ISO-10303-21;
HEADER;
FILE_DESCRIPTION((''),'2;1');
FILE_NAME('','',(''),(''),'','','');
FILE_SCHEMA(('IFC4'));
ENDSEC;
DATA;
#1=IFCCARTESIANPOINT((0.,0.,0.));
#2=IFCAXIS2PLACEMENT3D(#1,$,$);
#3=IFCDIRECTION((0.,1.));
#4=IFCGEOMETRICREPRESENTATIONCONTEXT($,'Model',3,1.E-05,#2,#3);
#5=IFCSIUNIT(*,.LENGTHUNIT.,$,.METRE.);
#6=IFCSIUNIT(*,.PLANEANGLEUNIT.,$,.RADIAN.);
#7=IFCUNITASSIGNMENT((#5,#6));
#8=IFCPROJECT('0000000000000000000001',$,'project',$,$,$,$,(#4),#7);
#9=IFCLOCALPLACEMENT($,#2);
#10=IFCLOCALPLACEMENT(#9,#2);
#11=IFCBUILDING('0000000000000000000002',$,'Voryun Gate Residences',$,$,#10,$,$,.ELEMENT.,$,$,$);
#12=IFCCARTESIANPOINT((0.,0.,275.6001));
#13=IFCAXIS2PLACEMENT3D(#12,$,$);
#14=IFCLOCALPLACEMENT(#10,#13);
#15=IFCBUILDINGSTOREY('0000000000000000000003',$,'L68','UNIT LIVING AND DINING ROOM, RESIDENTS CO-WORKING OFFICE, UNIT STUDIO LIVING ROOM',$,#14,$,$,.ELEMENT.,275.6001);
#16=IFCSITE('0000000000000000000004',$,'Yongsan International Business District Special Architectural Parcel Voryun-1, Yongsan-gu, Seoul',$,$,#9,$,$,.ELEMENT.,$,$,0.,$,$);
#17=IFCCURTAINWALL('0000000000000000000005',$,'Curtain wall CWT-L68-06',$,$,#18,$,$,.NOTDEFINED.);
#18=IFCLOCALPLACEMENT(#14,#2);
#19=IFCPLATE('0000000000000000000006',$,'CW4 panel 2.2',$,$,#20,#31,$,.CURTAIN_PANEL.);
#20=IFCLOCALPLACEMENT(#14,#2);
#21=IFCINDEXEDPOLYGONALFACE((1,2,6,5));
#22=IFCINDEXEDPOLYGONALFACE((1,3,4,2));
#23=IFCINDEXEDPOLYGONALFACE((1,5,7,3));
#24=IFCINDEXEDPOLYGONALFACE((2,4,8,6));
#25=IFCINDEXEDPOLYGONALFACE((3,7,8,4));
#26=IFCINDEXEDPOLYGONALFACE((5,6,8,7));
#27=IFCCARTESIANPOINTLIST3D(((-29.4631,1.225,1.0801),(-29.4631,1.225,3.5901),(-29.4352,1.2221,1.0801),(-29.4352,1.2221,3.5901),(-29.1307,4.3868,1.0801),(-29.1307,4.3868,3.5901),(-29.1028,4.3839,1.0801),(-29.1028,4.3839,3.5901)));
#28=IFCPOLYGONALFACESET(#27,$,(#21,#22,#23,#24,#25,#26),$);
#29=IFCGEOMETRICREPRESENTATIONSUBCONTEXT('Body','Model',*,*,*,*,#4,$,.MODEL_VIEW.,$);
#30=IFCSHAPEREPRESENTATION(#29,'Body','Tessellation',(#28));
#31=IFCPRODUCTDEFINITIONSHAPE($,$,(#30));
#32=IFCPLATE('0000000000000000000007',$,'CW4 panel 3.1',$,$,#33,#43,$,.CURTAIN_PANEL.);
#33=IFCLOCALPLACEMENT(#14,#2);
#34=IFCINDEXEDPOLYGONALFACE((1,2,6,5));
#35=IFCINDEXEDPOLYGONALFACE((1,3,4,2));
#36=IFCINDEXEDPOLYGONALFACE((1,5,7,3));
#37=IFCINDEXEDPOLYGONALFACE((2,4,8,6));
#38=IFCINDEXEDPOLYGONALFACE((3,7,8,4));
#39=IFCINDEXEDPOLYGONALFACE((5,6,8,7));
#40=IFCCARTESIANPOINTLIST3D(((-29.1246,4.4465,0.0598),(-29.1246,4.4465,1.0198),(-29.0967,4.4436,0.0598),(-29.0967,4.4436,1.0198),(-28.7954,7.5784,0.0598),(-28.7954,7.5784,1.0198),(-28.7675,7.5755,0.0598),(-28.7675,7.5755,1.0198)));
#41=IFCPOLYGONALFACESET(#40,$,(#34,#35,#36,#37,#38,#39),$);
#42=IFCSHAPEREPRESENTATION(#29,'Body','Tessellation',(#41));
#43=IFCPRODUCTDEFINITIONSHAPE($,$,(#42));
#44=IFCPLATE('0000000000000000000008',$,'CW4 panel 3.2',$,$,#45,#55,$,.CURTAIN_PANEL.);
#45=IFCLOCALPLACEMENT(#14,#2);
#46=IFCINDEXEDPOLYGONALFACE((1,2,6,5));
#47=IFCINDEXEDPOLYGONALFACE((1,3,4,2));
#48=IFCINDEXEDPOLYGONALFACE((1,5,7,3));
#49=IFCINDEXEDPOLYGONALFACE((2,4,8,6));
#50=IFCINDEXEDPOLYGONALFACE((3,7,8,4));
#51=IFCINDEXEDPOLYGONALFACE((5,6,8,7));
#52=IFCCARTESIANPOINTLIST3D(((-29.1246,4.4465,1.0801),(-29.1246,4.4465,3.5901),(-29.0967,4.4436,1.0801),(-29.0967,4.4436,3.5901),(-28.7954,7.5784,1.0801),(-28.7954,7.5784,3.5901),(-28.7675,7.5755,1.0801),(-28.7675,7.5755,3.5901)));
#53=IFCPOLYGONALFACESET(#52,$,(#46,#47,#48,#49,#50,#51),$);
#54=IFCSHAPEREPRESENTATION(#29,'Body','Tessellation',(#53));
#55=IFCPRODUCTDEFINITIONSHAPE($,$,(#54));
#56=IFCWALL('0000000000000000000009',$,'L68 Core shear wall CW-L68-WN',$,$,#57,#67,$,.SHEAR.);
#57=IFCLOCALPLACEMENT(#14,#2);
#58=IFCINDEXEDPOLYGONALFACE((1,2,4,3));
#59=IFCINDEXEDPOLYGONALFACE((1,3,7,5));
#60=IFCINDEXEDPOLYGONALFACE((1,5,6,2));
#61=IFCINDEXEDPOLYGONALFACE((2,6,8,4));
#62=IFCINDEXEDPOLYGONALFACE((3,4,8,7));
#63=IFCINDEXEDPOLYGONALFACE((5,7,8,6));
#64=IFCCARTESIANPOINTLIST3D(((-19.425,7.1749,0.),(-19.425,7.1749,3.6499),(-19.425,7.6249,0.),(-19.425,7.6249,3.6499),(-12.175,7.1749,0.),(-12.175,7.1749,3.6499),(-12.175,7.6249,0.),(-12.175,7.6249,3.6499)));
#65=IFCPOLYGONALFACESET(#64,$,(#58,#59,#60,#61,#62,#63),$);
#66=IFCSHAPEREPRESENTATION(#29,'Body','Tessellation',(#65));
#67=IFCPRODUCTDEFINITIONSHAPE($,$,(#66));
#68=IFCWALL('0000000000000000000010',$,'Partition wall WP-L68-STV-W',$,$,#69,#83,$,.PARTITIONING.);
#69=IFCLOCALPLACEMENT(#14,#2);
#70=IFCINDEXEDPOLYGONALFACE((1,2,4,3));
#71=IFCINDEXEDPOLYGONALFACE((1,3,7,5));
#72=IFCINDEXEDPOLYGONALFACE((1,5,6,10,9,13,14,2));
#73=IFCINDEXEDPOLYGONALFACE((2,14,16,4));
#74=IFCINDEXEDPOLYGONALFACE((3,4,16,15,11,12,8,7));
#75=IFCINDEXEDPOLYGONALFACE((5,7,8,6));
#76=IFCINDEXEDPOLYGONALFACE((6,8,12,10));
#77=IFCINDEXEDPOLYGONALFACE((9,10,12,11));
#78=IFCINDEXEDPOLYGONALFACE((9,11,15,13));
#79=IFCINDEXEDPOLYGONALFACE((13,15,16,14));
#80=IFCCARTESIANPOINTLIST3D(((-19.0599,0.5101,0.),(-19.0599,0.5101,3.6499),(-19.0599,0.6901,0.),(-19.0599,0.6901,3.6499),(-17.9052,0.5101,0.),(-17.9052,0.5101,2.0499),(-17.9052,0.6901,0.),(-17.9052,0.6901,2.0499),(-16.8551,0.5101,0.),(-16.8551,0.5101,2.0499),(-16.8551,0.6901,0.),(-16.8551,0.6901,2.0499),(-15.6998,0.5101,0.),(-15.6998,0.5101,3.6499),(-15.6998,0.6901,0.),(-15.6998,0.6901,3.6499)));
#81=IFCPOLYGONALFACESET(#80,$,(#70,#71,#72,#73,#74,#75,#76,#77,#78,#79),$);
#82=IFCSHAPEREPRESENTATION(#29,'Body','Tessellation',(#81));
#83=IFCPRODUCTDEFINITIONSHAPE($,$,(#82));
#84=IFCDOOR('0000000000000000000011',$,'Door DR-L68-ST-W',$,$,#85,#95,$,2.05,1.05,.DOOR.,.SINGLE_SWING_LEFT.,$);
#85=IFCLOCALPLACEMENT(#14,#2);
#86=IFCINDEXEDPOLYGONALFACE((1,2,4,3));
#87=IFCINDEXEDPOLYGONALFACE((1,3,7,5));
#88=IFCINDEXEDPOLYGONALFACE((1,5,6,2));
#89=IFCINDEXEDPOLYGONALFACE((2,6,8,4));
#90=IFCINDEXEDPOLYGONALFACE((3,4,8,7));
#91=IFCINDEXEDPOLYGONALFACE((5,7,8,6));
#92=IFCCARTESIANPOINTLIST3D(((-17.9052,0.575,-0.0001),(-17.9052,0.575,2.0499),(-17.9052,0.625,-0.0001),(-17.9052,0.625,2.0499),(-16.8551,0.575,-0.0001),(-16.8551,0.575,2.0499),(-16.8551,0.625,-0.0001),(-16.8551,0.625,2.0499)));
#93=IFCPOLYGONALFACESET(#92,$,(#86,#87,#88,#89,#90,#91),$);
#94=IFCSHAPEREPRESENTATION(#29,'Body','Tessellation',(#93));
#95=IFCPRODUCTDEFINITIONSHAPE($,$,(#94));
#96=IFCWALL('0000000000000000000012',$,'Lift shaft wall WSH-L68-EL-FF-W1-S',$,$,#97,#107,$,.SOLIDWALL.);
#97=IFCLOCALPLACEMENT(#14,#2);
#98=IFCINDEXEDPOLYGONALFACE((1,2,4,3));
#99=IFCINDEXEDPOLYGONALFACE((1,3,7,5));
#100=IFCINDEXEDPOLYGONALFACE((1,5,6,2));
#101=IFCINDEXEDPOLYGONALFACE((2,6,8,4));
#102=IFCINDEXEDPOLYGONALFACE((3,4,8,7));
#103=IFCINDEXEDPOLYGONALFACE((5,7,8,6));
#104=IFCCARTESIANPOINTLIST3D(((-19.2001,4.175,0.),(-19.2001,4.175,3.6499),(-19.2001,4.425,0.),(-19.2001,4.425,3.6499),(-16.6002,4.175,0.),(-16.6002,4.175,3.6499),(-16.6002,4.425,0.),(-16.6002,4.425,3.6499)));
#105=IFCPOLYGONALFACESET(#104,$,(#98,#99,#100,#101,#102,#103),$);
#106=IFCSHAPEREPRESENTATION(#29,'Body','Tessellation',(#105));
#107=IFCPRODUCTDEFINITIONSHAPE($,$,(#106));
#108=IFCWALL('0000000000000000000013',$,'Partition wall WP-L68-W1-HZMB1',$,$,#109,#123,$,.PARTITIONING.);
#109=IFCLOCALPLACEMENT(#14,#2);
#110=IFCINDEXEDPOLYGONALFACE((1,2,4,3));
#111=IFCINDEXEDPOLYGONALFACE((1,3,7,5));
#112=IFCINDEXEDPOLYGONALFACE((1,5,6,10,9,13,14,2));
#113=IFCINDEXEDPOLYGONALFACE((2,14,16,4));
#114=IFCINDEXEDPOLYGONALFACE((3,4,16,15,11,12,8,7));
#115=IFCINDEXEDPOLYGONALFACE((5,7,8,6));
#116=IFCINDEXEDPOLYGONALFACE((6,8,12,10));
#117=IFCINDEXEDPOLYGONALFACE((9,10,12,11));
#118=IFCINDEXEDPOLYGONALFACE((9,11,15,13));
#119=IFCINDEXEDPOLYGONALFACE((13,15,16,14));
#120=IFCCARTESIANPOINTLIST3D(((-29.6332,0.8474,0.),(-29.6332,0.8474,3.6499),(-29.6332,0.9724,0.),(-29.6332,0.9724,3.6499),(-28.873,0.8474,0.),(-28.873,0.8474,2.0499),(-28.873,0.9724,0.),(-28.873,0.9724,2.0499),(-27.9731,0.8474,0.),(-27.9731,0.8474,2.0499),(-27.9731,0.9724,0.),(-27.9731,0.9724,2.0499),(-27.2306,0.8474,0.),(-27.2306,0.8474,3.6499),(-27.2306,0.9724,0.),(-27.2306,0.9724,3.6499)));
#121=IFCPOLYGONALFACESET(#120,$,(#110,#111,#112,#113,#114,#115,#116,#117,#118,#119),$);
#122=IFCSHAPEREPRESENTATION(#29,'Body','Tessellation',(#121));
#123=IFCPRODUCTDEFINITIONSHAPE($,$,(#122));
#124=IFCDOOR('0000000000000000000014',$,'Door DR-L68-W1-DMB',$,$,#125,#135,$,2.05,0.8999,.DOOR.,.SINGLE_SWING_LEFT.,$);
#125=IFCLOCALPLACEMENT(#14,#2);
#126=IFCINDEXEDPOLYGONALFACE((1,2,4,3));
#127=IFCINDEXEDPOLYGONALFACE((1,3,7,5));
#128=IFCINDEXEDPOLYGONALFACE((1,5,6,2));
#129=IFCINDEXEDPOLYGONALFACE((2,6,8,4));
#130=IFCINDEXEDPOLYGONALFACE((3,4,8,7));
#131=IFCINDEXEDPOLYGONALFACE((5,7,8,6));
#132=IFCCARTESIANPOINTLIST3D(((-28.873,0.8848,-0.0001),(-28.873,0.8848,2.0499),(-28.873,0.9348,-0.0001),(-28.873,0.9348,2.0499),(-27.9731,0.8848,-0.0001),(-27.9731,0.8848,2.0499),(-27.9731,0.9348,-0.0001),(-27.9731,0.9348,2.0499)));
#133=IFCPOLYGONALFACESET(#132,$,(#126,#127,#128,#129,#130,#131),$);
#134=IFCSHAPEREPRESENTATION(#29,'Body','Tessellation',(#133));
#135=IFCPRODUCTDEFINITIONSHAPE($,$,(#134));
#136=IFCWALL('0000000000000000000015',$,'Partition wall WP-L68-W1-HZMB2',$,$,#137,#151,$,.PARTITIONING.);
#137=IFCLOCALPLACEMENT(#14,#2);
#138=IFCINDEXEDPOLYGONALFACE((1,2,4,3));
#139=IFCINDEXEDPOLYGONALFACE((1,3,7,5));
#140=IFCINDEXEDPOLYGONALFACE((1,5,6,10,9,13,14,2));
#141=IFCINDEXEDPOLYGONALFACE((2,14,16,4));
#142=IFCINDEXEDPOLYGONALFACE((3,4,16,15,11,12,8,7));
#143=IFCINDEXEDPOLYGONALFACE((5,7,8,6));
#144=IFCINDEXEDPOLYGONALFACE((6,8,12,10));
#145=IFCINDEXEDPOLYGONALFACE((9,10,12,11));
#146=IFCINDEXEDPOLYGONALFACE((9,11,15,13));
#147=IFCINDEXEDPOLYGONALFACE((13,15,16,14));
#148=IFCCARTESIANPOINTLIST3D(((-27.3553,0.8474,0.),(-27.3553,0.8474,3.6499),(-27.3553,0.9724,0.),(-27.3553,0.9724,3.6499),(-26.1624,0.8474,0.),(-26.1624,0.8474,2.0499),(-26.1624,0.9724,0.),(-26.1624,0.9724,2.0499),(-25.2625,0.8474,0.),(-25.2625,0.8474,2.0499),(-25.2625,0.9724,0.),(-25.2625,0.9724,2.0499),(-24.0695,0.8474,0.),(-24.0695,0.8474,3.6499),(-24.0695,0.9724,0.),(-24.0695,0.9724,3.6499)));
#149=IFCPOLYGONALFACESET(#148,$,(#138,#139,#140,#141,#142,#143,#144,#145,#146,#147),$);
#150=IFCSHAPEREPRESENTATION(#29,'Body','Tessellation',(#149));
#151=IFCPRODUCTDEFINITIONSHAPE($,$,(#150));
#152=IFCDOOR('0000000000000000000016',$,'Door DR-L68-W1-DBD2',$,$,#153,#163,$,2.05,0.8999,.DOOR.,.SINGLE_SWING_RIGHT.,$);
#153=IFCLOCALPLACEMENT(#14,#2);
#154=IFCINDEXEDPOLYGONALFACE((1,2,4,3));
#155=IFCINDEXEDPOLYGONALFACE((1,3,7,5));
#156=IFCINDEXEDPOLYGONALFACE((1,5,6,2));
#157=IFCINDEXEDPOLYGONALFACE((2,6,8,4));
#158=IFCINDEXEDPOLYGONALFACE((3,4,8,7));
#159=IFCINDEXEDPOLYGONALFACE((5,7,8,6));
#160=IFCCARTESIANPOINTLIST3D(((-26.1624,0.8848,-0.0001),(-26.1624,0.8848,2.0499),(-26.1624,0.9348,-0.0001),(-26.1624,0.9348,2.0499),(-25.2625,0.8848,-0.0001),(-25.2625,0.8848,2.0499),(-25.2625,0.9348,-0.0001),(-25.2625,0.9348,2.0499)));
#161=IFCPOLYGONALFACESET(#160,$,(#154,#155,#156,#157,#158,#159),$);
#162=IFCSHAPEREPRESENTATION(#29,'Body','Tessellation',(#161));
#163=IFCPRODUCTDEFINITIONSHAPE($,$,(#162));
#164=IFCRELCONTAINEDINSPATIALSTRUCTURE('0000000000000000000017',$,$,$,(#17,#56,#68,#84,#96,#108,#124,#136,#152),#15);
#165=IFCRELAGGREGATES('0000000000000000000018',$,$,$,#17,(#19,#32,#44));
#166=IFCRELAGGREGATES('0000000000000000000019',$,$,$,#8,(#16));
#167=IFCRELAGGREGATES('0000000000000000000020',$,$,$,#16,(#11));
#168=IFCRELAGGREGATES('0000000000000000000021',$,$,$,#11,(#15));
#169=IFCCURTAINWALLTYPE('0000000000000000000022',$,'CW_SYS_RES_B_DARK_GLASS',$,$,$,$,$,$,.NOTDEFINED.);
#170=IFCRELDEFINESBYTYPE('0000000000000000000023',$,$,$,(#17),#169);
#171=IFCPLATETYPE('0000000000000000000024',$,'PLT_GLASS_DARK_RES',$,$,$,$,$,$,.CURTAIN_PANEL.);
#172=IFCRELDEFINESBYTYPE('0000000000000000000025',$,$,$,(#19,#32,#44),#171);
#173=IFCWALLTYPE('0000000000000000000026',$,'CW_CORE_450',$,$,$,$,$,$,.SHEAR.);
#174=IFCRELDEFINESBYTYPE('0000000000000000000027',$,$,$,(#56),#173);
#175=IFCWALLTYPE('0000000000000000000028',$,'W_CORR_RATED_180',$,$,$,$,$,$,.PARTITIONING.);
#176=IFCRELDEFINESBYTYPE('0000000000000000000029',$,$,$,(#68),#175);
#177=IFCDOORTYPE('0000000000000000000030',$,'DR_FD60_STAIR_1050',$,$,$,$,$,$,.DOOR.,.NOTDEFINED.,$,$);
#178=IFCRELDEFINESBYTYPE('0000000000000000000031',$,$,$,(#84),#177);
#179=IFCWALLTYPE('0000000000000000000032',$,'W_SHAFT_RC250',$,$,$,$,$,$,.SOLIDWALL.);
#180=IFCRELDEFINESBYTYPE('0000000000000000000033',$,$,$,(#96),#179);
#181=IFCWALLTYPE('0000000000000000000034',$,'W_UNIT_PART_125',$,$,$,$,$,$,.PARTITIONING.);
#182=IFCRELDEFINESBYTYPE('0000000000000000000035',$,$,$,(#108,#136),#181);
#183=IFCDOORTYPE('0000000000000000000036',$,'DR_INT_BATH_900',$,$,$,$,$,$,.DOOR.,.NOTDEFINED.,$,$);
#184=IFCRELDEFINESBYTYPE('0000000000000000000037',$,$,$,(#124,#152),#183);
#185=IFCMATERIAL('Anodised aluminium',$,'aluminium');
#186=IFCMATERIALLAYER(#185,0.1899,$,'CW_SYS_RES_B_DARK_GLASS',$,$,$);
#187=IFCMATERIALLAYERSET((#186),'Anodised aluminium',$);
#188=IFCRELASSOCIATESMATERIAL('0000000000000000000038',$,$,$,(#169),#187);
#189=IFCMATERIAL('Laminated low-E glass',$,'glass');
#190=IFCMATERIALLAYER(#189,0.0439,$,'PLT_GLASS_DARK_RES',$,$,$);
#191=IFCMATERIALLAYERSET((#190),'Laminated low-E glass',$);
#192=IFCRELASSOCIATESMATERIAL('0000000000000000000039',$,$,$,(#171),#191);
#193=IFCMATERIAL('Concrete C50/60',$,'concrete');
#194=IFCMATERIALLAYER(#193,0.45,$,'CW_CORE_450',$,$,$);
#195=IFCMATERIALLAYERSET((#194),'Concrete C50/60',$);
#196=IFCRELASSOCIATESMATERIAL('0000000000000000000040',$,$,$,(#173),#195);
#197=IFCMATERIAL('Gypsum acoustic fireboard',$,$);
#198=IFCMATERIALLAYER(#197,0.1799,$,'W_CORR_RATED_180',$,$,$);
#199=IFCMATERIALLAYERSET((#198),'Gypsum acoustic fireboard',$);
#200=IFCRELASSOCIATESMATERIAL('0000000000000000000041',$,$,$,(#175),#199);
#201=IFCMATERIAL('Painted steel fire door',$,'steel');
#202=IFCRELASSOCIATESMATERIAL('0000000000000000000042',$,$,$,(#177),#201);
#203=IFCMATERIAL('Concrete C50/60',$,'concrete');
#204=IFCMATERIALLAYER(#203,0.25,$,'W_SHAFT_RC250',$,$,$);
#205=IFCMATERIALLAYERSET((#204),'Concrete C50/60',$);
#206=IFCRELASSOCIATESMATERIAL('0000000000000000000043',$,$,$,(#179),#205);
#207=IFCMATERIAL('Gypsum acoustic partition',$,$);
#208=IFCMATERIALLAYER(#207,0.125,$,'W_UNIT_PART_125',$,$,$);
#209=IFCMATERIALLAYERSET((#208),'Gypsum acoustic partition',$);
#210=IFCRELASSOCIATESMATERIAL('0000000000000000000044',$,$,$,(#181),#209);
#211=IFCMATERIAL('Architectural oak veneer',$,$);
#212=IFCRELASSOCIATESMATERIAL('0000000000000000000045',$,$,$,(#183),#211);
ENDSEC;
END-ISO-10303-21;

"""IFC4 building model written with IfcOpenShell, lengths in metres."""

from ifc_helpers import new_model, si_unit, direction, frame, frame_2d, origin, origin_2d, place, context, subcontext, project, spatial, rectangle, extrude, material, layer, layer_set, type_object, element, fill, aggregate, save


model = new_model("IFC4")

# Units and contexts
model_context = context("Model", 3, precision=1e-05, world=origin(), true_north=direction((0.0, 1.0)))
body_context = subcontext(model_context, "Body", "Model", "MODEL_VIEW")
ifc_project = project(units=[si_unit("LENGTHUNIT", "METRE"), si_unit("PLANEANGLEUNIT", "RADIAN")], contexts=[model_context])

# Site, building, storey
site_placement = place(None, origin())
site = spatial("IfcSite", under=ifc_project, at=site_placement, Name="Yongsan International Business District Special Architectural Parcel Voryun-1, Yongsan-gu, Seoul", CompositionType="ELEMENT", RefElevation=0.0)
building_placement = place(site_placement, origin())
building = spatial("IfcBuilding", under=site, at=building_placement, Name="Voryun Gate Residences", CompositionType="ELEMENT")
storey_placement = place(building_placement, frame((0.0, 0.0, 275.6001)))
storey = spatial("IfcBuildingStorey", under=building, at=storey_placement, Name="L68", Description="UNIT LIVING AND DINING ROOM, RESIDENTS CO-WORKING OFFICE, UNIT STUDIO LIVING ROOM", CompositionType="ELEMENT", Elevation=275.6001)

# Curtain wall, plates
ifc_material_1 = material(Name="Anodised aluminium", Category="aluminium")
ifc_layer_1 = layer(ifc_material_1, 0.1899, Name="CW_SYS_RES_B_DARK_GLASS")
ifc_layer_set_1 = layer_set([ifc_layer_1], Name="Anodised aluminium")
curtain_wall_type = type_object("IfcCurtainWallType", Name="CW_SYS_RES_B_DARK_GLASS", PredefinedType="NOTDEFINED", material=ifc_layer_set_1)
curtain_wall_placement = place(storey_placement, origin())
curtain_wall = element("IfcCurtainWall", 1, at=curtain_wall_placement, inside=storey, type_object=curtain_wall_type, Name="Curtain wall CWT-L68-06", PredefinedType="NOTDEFINED")
ifc_material_2 = material(Name="Laminated low-E glass", Category="glass")
ifc_layer_2 = layer(ifc_material_2, 0.0439, Name="PLT_GLASS_DARK_RES")
ifc_layer_set_2 = layer_set([ifc_layer_2], Name="Laminated low-E glass")
plate_type = type_object("IfcPlateType", Name="PLT_GLASS_DARK_RES", PredefinedType="CURTAIN_PANEL", material=ifc_layer_set_2)
plate_1_placement = place(storey_placement, frame((-29.283, 2.8044, 1.0801), z_axis=(0.0, 0.0, 1.0), x_axis=(0.104536, 0.994521, 0.0)))
plate_1 = element("IfcPlate", 2, at=plate_1_placement, type_object=plate_type, Name="CW4 panel 2.2", PredefinedType="CURTAIN_PANEL", context=body_context, shape_type="SweptSolid", body=[
    extrude(rectangle(XDim=3.1792, YDim=0.0281, at=origin_2d()), origin(), (0.0, 0.0, 1.0), 2.51),
])
plate_2_placement = place(storey_placement, frame((-28.946, 6.011, 0.0598), z_axis=(0.0, 0.0, 1.0), x_axis=(0.104536, 0.994521, 0.0)))
plate_2 = element("IfcPlate", 3, at=plate_2_placement, type_object=plate_type, Name="CW4 panel 3.1", PredefinedType="CURTAIN_PANEL", context=body_context, shape_type="SweptSolid", body=[
    extrude(rectangle(XDim=3.1492, YDim=0.0281, at=origin_2d()), origin(), (0.0, 0.0, 1.0), 0.96),
])
plate_3_placement = place(storey_placement, frame((-28.946, 6.011, 1.0801), z_axis=(0.0, 0.0, 1.0), x_axis=(0.104536, 0.994521, 0.0)))
plate_3 = element("IfcPlate", 4, at=plate_3_placement, type_object=plate_type, Name="CW4 panel 3.2", PredefinedType="CURTAIN_PANEL", context=body_context, shape_type="SweptSolid", body=[
    extrude(rectangle(XDim=3.1492, YDim=0.0281, at=origin_2d()), origin(), (0.0, 0.0, 1.0), 2.51),
])
aggregate(curtain_wall, [plate_1, plate_2, plate_3])

# Wall
ifc_material_3 = material(Name="Concrete C50/60", Category="concrete")
ifc_layer_3 = layer(ifc_material_3, 0.45, Name="CW_CORE_450")
ifc_layer_set_3 = layer_set([ifc_layer_3], Name="Concrete C50/60")
wall_type_1 = type_object("IfcWallType", Name="CW_CORE_450", PredefinedType="SHEAR", material=ifc_layer_set_3)
wall_1_placement = place(storey_placement, frame((-19.425, 7.3999, 0.0), z_axis=(0.0, 0.0, 1.0), x_axis=(1.0, 0.0, 0.0)))
element("IfcWall", 5, at=wall_1_placement, inside=storey, type_object=wall_type_1, Name="L68 Core shear wall CW-L68-WN", PredefinedType="SHEAR", context=body_context, shape_type="SweptSolid", body=[
    extrude(rectangle(XDim=7.25, YDim=0.45, at=frame_2d((3.625, 0.0))), origin(), (0.0, 0.0, 1.0), 3.6499),
])

# Wall, opening, door
ifc_material_4 = material(Name="Gypsum acoustic fireboard")
ifc_layer_4 = layer(ifc_material_4, 0.1799, Name="W_CORR_RATED_180")
ifc_layer_set_4 = layer_set([ifc_layer_4], Name="Gypsum acoustic fireboard")
wall_type_2 = type_object("IfcWallType", Name="W_CORR_RATED_180", PredefinedType="PARTITIONING", material=ifc_layer_set_4)
wall_2_placement = place(storey_placement, frame((-19.0601, 0.6001, 0.0), z_axis=(0.0, 0.0, 1.0), x_axis=(1.0, 0.0, 0.0)))
wall_2 = element("IfcWall", 6, at=wall_2_placement, inside=storey, type_object=wall_type_2, Name="Partition wall WP-L68-STV-W", PredefinedType="PARTITIONING", context=body_context, shape_type="SweptSolid", body=[
    extrude(rectangle(XDim=3.3601, YDim=0.1799, at=frame_2d((1.6802, 0.0))), origin(), (0.0, 0.0, 1.0), 3.6499),
])
opening_1_placement = place(wall_2_placement, frame((1.155, 0.0, 0.0)))
opening_1 = element("IfcOpeningElement", 7, at=opening_1_placement, cuts=wall_2, PredefinedType="OPENING", context=body_context, shape_type="SweptSolid", body=[
    extrude(rectangle(XDim=1.05, YDim=2.05, at=frame_2d((0.5249, 1.0249))), frame((0.0, 0.0999, 0.0), z_axis=(0.0, -1.0, 0.0), x_axis=(1.0, 0.0, 0.0)), (0.0, 0.0, 1.0), 0.2),
])
ifc_material_5 = material(Name="Painted steel fire door", Category="steel")
door_type_1 = type_object("IfcDoorType", Name="DR_FD60_STAIR_1050", OperationType="NOTDEFINED", PredefinedType="DOOR", material=ifc_material_5)
door_1_placement = place(opening_1_placement, origin())
door_1 = element("IfcDoor", 8, at=door_1_placement, inside=storey, type_object=door_type_1, Name="Door DR-L68-ST-W", OperationType="SINGLE_SWING_LEFT", OverallHeight=2.05, OverallWidth=1.05, PredefinedType="DOOR", context=body_context, shape_type="SweptSolid", body=[
    extrude(rectangle(XDim=1.05, YDim=2.05, at=frame_2d((0.5249, 1.0249))), frame((0.0, 0.0249, 0.0), z_axis=(0.0, -1.0, 0.0), x_axis=(1.0, 0.0, 0.0)), (0.0, 0.0, 1.0), 0.05),
])
fill(opening_1, door_1)

# Wall
ifc_material_6 = material(Name="Concrete C50/60", Category="concrete")
ifc_layer_5 = layer(ifc_material_6, 0.25, Name="W_SHAFT_RC250")
ifc_layer_set_5 = layer_set([ifc_layer_5], Name="Concrete C50/60")
wall_type_3 = type_object("IfcWallType", Name="W_SHAFT_RC250", PredefinedType="SOLIDWALL", material=ifc_layer_set_5)
wall_3_placement = place(storey_placement, frame((-19.2, 4.3, 0.0), z_axis=(0.0, 0.0, 1.0), x_axis=(1.0, 0.0, 0.0)))
element("IfcWall", 9, at=wall_3_placement, inside=storey, type_object=wall_type_3, Name="Lift shaft wall WSH-L68-EL-FF-W1-S", PredefinedType="SOLIDWALL", context=body_context, shape_type="SweptSolid", body=[
    extrude(rectangle(XDim=2.5999, YDim=0.25, at=frame_2d((1.2998, 0.0))), origin(), (0.0, 0.0, 1.0), 3.6499),
])

# Walls, openings, doors
ifc_material_7 = material(Name="Gypsum acoustic partition")
ifc_layer_6 = layer(ifc_material_7, 0.125, Name="W_UNIT_PART_125")
ifc_layer_set_6 = layer_set([ifc_layer_6], Name="Gypsum acoustic partition")
wall_type_4 = type_object("IfcWallType", Name="W_UNIT_PART_125", PredefinedType="PARTITIONING", material=ifc_layer_set_6)
wall_4_placement = place(storey_placement, frame((-29.6331, 0.9099, 0.0), z_axis=(0.0, 0.0, 1.0), x_axis=(1.0, 0.0, 0.0)))
wall_4 = element("IfcWall", 10, at=wall_4_placement, inside=storey, type_object=wall_type_4, Name="Partition wall WP-L68-W1-HZMB1", PredefinedType="PARTITIONING", context=body_context, shape_type="SweptSolid", body=[
    extrude(rectangle(XDim=2.4026, YDim=0.125, at=frame_2d((1.2012, 0.0))), origin(), (0.0, 0.0, 1.0), 3.6499),
])
opening_2_placement = place(wall_4_placement, frame((0.76, 0.0, 0.0)))
opening_2 = element("IfcOpeningElement", 11, at=opening_2_placement, cuts=wall_4, PredefinedType="OPENING", context=body_context, shape_type="SweptSolid", body=[
    extrude(rectangle(XDim=0.8999, YDim=2.05, at=frame_2d((0.45, 1.0249))), frame((0.0, 0.0725, 0.0), z_axis=(0.0, -1.0, 0.0), x_axis=(1.0, 0.0, 0.0)), (0.0, 0.0, 1.0), 0.145),
])
ifc_material_8 = material(Name="Architectural oak veneer")
door_type_2 = type_object("IfcDoorType", Name="DR_INT_BATH_900", OperationType="NOTDEFINED", PredefinedType="DOOR", material=ifc_material_8)
door_2_placement = place(opening_2_placement, origin())
door_2 = element("IfcDoor", 12, at=door_2_placement, inside=storey, type_object=door_type_2, Name="Door DR-L68-W1-DMB", OperationType="SINGLE_SWING_LEFT", OverallHeight=2.05, OverallWidth=0.8999, PredefinedType="DOOR", context=body_context, shape_type="SweptSolid", body=[
    extrude(rectangle(XDim=0.8999, YDim=2.05, at=frame_2d((0.45, 1.0249))), frame((0.0, 0.0249, 0.0), z_axis=(0.0, -1.0, 0.0), x_axis=(1.0, 0.0, 0.0)), (0.0, 0.0, 1.0), 0.05),
])
fill(opening_2, door_2)
wall_5_placement = place(storey_placement, frame((-27.3555, 0.9099, 0.0), z_axis=(0.0, 0.0, 1.0), x_axis=(1.0, 0.0, 0.0)))
wall_5 = element("IfcWall", 13, at=wall_5_placement, inside=storey, type_object=wall_type_4, Name="Partition wall WP-L68-W1-HZMB2", PredefinedType="PARTITIONING", context=body_context, shape_type="SweptSolid", body=[
    extrude(rectangle(XDim=3.2859, YDim=0.125, at=frame_2d((1.6431, 0.0))), origin(), (0.0, 0.0, 1.0), 3.6499),
])
opening_3_placement = place(wall_5_placement, frame((1.1931, 0.0, 0.0)))
opening_3 = element("IfcOpeningElement", 14, at=opening_3_placement, cuts=wall_5, PredefinedType="OPENING", context=body_context, shape_type="SweptSolid", body=[
    extrude(rectangle(XDim=0.8999, YDim=2.05, at=frame_2d((0.45, 1.0249))), frame((0.0, 0.0725, 0.0), z_axis=(0.0, -1.0, 0.0), x_axis=(1.0, 0.0, 0.0)), (0.0, 0.0, 1.0), 0.145),
])
door_3_placement = place(opening_3_placement, origin())
door_3 = element("IfcDoor", 15, at=door_3_placement, inside=storey, type_object=door_type_2, Name="Door DR-L68-W1-DBD2", OperationType="SINGLE_SWING_RIGHT", OverallHeight=2.05, OverallWidth=0.8999, PredefinedType="DOOR", context=body_context, shape_type="SweptSolid", body=[
    extrude(rectangle(XDim=0.8999, YDim=2.05, at=frame_2d((0.45, 1.0249))), frame((0.0, 0.0249, 0.0), z_axis=(0.0, -1.0, 0.0), x_axis=(1.0, 0.0, 0.0)), (0.0, 0.0, 1.0), 0.05),
])
fill(opening_3, door_3)

save(model, "model.ifc")
